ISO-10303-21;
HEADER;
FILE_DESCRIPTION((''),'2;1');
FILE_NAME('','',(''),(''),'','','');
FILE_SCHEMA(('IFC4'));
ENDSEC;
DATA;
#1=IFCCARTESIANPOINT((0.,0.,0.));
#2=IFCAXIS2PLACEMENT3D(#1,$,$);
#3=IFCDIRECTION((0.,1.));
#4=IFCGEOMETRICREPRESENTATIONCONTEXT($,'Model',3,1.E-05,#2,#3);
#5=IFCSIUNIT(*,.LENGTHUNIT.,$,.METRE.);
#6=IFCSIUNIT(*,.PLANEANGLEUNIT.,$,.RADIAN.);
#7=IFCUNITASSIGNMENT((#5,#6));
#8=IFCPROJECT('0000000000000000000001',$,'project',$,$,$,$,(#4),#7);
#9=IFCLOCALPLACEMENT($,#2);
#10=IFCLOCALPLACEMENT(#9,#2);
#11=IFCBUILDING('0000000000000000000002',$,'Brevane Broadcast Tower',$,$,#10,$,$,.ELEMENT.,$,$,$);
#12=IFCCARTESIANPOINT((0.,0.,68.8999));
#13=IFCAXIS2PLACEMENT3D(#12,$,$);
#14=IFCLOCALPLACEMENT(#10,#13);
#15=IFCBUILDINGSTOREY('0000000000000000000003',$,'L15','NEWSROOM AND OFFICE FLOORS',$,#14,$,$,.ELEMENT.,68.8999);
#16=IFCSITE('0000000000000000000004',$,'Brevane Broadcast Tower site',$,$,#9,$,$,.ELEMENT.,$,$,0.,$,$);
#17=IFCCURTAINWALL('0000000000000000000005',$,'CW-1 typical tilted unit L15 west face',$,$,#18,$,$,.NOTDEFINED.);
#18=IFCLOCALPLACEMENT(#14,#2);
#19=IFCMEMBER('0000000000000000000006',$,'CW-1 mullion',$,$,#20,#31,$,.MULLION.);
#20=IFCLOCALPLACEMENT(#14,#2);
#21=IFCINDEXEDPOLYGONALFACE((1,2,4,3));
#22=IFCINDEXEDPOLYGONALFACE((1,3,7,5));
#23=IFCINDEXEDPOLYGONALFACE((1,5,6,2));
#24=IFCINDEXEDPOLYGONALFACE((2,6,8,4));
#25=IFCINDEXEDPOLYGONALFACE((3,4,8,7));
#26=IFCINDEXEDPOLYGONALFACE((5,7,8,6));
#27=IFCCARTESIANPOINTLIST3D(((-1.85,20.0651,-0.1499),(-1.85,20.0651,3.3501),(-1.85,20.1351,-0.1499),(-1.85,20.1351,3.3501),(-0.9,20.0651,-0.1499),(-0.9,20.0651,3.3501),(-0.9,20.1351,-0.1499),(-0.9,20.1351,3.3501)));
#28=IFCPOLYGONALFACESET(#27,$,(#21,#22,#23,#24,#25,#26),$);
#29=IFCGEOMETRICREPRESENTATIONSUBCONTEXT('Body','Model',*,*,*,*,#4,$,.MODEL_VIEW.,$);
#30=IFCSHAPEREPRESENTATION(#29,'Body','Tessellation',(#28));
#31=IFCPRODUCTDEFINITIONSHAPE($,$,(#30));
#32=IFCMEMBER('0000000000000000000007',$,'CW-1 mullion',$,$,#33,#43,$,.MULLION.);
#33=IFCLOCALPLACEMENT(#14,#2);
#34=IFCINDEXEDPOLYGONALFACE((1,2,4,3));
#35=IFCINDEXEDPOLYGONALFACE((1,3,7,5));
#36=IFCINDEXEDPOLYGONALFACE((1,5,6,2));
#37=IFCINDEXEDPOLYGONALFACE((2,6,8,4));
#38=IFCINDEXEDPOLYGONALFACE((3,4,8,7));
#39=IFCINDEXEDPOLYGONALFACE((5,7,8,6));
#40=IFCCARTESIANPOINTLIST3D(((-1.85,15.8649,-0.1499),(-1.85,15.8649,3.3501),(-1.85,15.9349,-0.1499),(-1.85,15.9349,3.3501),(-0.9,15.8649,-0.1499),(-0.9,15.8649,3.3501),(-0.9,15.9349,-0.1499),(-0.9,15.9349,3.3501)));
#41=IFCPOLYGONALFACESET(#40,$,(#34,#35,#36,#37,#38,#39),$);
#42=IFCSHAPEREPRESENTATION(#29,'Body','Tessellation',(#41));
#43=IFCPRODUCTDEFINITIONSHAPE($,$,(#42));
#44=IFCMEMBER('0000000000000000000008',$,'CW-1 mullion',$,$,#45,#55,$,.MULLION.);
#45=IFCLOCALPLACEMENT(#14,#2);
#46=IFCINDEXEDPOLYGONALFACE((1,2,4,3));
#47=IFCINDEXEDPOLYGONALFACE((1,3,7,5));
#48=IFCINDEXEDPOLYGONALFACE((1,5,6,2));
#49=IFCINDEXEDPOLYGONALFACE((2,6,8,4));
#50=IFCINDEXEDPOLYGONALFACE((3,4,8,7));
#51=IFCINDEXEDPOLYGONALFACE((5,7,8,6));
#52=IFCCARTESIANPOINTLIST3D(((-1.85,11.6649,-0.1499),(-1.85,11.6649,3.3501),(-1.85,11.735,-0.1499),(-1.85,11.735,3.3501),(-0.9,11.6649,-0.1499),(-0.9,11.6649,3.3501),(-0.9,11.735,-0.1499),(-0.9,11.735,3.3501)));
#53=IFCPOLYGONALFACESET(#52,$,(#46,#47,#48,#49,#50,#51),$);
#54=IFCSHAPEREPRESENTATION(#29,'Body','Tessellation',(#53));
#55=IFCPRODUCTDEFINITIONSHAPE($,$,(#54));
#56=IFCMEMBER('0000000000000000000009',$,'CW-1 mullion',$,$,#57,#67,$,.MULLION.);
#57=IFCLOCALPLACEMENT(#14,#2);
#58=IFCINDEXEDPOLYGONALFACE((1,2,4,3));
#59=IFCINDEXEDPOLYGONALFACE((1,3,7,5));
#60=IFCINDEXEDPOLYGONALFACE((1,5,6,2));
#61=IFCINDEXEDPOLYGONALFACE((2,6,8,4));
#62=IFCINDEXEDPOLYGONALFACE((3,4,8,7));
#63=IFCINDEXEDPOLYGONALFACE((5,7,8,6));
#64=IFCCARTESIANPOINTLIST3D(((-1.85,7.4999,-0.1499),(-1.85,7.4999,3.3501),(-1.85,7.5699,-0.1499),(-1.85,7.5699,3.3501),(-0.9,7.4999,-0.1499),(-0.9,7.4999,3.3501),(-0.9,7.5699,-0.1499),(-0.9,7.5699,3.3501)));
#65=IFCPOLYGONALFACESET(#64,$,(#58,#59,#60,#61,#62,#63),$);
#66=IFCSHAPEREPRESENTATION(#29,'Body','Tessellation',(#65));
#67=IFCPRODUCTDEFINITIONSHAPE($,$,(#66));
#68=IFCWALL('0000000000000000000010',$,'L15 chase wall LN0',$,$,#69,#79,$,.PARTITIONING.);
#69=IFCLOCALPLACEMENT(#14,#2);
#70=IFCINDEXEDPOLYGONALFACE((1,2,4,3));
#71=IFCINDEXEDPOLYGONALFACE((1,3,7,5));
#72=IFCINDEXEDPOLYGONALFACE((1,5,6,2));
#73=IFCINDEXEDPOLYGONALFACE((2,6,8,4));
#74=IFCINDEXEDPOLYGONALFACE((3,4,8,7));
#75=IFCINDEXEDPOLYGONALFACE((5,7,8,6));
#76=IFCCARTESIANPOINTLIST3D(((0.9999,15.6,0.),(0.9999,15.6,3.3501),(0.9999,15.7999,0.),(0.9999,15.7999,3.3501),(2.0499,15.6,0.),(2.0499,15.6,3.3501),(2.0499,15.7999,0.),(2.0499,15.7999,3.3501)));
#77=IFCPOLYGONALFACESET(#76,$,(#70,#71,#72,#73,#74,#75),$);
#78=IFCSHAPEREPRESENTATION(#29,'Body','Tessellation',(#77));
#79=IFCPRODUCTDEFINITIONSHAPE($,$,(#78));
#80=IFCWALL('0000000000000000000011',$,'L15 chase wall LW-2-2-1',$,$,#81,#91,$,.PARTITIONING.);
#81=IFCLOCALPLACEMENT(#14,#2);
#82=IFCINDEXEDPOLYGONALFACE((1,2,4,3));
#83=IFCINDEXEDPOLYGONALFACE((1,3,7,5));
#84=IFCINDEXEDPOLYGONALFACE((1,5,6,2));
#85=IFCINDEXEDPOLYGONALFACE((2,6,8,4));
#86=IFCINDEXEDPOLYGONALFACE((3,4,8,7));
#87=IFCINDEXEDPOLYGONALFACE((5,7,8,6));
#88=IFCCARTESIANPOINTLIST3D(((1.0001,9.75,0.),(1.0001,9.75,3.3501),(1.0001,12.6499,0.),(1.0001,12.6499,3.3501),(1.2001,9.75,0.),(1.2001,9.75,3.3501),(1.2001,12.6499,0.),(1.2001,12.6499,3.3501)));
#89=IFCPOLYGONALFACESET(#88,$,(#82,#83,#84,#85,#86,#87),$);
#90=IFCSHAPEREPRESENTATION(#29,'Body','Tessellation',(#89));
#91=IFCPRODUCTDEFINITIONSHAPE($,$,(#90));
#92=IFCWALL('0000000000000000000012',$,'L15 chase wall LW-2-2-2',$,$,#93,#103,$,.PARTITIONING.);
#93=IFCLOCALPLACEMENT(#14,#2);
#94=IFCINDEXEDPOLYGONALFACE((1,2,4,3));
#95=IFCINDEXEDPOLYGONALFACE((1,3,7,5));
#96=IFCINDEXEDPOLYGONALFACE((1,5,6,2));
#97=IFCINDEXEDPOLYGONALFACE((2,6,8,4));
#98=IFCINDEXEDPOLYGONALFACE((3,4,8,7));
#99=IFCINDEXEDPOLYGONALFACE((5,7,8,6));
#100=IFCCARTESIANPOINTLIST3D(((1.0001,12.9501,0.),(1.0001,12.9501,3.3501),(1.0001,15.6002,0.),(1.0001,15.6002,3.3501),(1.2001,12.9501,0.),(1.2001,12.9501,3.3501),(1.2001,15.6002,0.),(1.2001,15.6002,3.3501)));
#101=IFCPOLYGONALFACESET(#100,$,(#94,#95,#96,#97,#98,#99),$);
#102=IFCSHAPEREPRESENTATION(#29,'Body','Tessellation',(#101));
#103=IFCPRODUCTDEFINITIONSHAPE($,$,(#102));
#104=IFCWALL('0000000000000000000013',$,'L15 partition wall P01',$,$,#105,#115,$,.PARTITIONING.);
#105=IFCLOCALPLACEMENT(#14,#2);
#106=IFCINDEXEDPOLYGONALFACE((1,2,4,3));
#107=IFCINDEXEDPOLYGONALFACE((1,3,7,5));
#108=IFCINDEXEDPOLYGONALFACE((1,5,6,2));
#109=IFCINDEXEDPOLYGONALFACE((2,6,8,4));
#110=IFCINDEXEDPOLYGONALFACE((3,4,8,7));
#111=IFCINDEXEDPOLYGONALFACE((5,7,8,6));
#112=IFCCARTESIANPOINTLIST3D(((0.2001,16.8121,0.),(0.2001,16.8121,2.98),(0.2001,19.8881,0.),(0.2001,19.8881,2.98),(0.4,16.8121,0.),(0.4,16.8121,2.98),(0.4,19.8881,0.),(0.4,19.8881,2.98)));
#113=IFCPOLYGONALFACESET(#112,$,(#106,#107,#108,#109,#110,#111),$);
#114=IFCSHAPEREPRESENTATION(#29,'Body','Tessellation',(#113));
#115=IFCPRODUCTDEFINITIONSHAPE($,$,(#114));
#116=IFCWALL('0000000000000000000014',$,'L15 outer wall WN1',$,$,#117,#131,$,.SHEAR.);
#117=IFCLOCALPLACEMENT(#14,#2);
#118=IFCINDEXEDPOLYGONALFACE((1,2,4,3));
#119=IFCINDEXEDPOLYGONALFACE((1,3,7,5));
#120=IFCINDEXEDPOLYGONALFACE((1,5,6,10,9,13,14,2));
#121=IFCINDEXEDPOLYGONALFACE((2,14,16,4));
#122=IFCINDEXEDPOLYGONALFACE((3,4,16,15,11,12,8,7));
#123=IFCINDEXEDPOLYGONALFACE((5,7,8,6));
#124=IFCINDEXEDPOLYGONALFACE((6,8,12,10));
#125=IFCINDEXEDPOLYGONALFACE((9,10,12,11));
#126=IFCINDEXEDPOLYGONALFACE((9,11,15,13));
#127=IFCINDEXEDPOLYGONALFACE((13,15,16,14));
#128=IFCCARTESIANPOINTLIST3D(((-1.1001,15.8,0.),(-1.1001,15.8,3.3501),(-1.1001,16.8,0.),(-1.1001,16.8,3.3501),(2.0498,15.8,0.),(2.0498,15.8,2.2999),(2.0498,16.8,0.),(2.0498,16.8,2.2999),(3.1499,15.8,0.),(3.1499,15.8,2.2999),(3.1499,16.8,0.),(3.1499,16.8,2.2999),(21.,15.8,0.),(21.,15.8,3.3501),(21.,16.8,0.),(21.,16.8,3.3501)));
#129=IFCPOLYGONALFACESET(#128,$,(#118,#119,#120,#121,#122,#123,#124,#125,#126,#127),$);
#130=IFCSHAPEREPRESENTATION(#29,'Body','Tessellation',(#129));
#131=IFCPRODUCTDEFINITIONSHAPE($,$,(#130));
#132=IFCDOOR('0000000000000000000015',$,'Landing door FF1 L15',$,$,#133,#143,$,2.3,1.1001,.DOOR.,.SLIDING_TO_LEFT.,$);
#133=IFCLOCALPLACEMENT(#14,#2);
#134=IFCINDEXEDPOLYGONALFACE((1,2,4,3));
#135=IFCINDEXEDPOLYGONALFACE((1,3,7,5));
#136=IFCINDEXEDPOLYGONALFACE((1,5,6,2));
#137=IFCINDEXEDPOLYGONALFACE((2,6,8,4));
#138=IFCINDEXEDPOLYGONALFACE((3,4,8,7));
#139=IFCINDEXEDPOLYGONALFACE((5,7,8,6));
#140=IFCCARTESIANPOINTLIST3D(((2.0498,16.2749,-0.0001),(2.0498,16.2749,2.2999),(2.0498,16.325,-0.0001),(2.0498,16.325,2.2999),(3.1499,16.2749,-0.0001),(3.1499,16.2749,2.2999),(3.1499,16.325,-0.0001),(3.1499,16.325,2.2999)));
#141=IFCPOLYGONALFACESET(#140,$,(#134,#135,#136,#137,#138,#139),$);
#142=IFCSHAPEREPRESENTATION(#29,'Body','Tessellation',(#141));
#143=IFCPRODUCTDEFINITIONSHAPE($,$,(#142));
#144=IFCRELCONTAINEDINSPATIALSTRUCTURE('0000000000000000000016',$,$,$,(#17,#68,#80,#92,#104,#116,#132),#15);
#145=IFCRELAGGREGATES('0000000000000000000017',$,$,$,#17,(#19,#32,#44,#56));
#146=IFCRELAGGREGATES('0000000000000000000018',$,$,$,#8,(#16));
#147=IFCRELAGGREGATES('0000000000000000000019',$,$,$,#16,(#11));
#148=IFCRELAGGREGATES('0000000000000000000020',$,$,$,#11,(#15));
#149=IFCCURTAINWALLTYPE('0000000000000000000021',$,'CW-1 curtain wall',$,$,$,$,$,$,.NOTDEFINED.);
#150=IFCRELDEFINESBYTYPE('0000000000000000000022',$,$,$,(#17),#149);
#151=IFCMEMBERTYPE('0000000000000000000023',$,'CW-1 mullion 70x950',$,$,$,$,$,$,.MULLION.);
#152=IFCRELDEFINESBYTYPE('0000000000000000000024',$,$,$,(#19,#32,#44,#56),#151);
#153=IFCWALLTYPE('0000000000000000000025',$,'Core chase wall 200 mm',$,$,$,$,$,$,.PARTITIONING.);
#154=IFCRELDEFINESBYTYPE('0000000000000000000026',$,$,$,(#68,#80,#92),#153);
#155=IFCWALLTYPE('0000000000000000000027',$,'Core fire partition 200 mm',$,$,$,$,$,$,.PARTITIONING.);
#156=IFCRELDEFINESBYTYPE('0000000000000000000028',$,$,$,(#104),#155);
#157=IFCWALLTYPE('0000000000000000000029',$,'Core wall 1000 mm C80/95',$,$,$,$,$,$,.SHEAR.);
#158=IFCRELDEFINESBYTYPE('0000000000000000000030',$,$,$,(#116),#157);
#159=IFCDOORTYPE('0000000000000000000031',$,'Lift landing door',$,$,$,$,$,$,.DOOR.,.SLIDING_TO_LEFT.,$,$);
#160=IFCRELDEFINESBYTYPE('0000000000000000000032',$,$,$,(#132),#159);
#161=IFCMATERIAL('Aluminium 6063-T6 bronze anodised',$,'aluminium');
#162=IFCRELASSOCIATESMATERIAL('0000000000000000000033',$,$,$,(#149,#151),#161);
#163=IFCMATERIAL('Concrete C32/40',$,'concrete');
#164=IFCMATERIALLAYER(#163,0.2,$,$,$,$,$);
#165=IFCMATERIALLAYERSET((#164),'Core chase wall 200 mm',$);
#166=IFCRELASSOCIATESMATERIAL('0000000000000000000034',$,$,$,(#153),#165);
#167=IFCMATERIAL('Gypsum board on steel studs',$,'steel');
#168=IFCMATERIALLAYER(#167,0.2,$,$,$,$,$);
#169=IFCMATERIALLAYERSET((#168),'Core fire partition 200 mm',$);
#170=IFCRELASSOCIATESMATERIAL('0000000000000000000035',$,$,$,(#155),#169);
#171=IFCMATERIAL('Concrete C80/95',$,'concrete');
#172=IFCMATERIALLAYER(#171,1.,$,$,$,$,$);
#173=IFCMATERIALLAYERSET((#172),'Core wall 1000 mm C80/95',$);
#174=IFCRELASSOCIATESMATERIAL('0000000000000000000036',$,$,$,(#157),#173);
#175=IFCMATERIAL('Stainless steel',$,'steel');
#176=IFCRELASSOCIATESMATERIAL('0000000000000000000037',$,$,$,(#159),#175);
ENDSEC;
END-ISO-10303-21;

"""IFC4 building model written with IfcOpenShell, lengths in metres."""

from ifc_helpers import new_model, si_unit, direction, frame, frame_2d, origin, origin_2d, place, context, subcontext, project, spatial, rectangle, extrude, material, layer, layer_set, material_profile, profile_set, type_object, element, fill, aggregate, save


model = new_model("IFC4")

# Units and contexts
model_context = context("Model", 3, precision=1e-05, world=origin(), true_north=direction((0.0, 1.0)))
body_context = subcontext(model_context, "Body", "Model", "MODEL_VIEW")
ifc_project = project(units=[si_unit("LENGTHUNIT", "METRE"), si_unit("PLANEANGLEUNIT", "RADIAN")], contexts=[model_context])

# Site, building, storey
site_placement = place(None, origin())
site = spatial("IfcSite", under=ifc_project, at=site_placement, Name="Brevane Broadcast Tower site", CompositionType="ELEMENT", RefElevation=0.0)
building_placement = place(site_placement, origin())
building = spatial("IfcBuilding", under=site, at=building_placement, Name="Brevane Broadcast Tower", CompositionType="ELEMENT")
storey_placement = place(building_placement, frame((0.0, 0.0, 68.8999)))
storey = spatial("IfcBuildingStorey", under=building, at=storey_placement, Name="L15", Description="NEWSROOM AND OFFICE FLOORS", CompositionType="ELEMENT", Elevation=68.8999)

# Curtain wall, members
ifc_material_1 = material(Name="Aluminium 6063-T6 bronze anodised", Category="aluminium")
curtain_wall_type = type_object("IfcCurtainWallType", Name="CW-1 curtain wall", PredefinedType="NOTDEFINED", material=ifc_material_1)
curtain_wall_placement = place(storey_placement, origin())
curtain_wall = element("IfcCurtainWall", 1, at=curtain_wall_placement, inside=storey, type_object=curtain_wall_type, Name="CW-1 typical tilted unit L15 west face", PredefinedType="NOTDEFINED")
ifc_material_profile = material_profile(ifc_material_1, rectangle(XDim=0.95, YDim=0.0701, at=origin_2d()), Name="RECT 70x950")
ifc_profile_set = profile_set([ifc_material_profile], Name="Aluminium 6063-T6 bronze anodised")
member_type = type_object("IfcMemberType", Name="CW-1 mullion 70x950", PredefinedType="MULLION", material=ifc_profile_set)
member_1_placement = place(storey_placement, frame((-1.375, 20.1001, -0.1499), z_axis=(0.0, 0.0, 1.0), x_axis=(1.0, 0.0, 0.0)))
member_1 = element("IfcMember", 2, at=member_1_placement, type_object=member_type, Name="CW-1 mullion", PredefinedType="MULLION", context=body_context, shape_type="SweptSolid", body=[
    extrude(rectangle(XDim=0.95, YDim=0.0701, at=origin_2d()), origin(), (0.0, 0.0, 1.0), 3.5),
])
member_2_placement = place(storey_placement, frame((-1.375, 15.8999, -0.1499), z_axis=(0.0, 0.0, 1.0), x_axis=(1.0, 0.0, 0.0)))
member_2 = element("IfcMember", 3, at=member_2_placement, type_object=member_type, Name="CW-1 mullion", PredefinedType="MULLION", context=body_context, shape_type="SweptSolid", body=[
    extrude(rectangle(XDim=0.95, YDim=0.0701, at=origin_2d()), origin(), (0.0, 0.0, 1.0), 3.5),
])
member_3_placement = place(storey_placement, frame((-1.375, 11.7, -0.1499), z_axis=(0.0, 0.0, 1.0), x_axis=(1.0, 0.0, 0.0)))
member_3 = element("IfcMember", 4, at=member_3_placement, type_object=member_type, Name="CW-1 mullion", PredefinedType="MULLION", context=body_context, shape_type="SweptSolid", body=[
    extrude(rectangle(XDim=0.95, YDim=0.0701, at=origin_2d()), origin(), (0.0, 0.0, 1.0), 3.5),
])
member_4_placement = place(storey_placement, frame((-1.375, 7.5349, -0.1499), z_axis=(0.0, 0.0, 1.0), x_axis=(1.0, 0.0, 0.0)))
member_4 = element("IfcMember", 5, at=member_4_placement, type_object=member_type, Name="CW-1 mullion", PredefinedType="MULLION", context=body_context, shape_type="SweptSolid", body=[
    extrude(rectangle(XDim=0.95, YDim=0.0701, at=origin_2d()), origin(), (0.0, 0.0, 1.0), 3.5),
])
aggregate(curtain_wall, [member_1, member_2, member_3, member_4])

# Walls
ifc_material_2 = material(Name="Concrete C32/40", Category="concrete")
ifc_layer_1 = layer(ifc_material_2, 0.2)
ifc_layer_set_1 = layer_set([ifc_layer_1], Name="Core chase wall 200 mm")
wall_type_1 = type_object("IfcWallType", Name="Core chase wall 200 mm", PredefinedType="PARTITIONING", material=ifc_layer_set_1)
wall_1_placement = place(storey_placement, frame((1.0, 15.7, 0.0), z_axis=(0.0, 0.0, 1.0), x_axis=(1.0, 0.0, 0.0)))
element("IfcWall", 6, at=wall_1_placement, inside=storey, type_object=wall_type_1, Name="L15 chase wall LN0", PredefinedType="PARTITIONING", context=body_context, shape_type="SweptSolid", body=[
    extrude(rectangle(XDim=1.05, YDim=0.2, at=frame_2d((0.5249, 0.0))), origin(), (0.0, 0.0, 1.0), 3.3501),
])
wall_2_placement = place(storey_placement, frame((1.1001, 9.75, 0.0), z_axis=(0.0, 0.0, 1.0), x_axis=(0.0, 1.0, 0.0)))
element("IfcWall", 7, at=wall_2_placement, inside=storey, type_object=wall_type_1, Name="L15 chase wall LW-2-2-1", PredefinedType="PARTITIONING", context=body_context, shape_type="SweptSolid", body=[
    extrude(rectangle(XDim=2.8999, YDim=0.2, at=frame_2d((1.45, 0.0))), origin(), (0.0, 0.0, 1.0), 3.3501),
])
wall_3_placement = place(storey_placement, frame((1.1001, 12.95, 0.0), z_axis=(0.0, 0.0, 1.0), x_axis=(0.0, 1.0, 0.0)))
element("IfcWall", 8, at=wall_3_placement, inside=storey, type_object=wall_type_1, Name="L15 chase wall LW-2-2-2", PredefinedType="PARTITIONING", context=body_context, shape_type="SweptSolid", body=[
    extrude(rectangle(XDim=2.6501, YDim=0.2, at=frame_2d((1.3252, 0.0))), origin(), (0.0, 0.0, 1.0), 3.3501),
])
ifc_material_3 = material(Name="Gypsum board on steel studs", Category="steel")
ifc_layer_2 = layer(ifc_material_3, 0.2)
ifc_layer_set_2 = layer_set([ifc_layer_2], Name="Core fire partition 200 mm")
wall_type_2 = type_object("IfcWallType", Name="Core fire partition 200 mm", PredefinedType="PARTITIONING", material=ifc_layer_set_2)
wall_4_placement = place(storey_placement, frame((0.3, 16.812, 0.0), z_axis=(0.0, 0.0, 1.0), x_axis=(0.0, 1.0, 0.0)))
element("IfcWall", 9, at=wall_4_placement, inside=storey, type_object=wall_type_2, Name="L15 partition wall P01", PredefinedType="PARTITIONING", context=body_context, shape_type="SweptSolid", body=[
    extrude(rectangle(XDim=3.0759, YDim=0.2, at=frame_2d((1.5381, 0.0))), origin(), (0.0, 0.0, 1.0), 2.98),
])

# Wall, opening, door
ifc_material_4 = material(Name="Concrete C80/95", Category="concrete")
ifc_layer_3 = layer(ifc_material_4, 1.0)
ifc_layer_set_3 = layer_set([ifc_layer_3], Name="Core wall 1000 mm C80/95")
wall_type_3 = type_object("IfcWallType", Name="Core wall 1000 mm C80/95", PredefinedType="SHEAR", material=ifc_layer_set_3)
wall_5_placement = place(storey_placement, frame((-1.1001, 16.3, 0.0), z_axis=(0.0, 0.0, 1.0), x_axis=(1.0, 0.0, 0.0)))
wall_5 = element("IfcWall", 10, at=wall_5_placement, inside=storey, type_object=wall_type_3, Name="L15 outer wall WN1", PredefinedType="SHEAR", context=body_context, shape_type="SweptSolid", body=[
    extrude(rectangle(XDim=22.1001, YDim=1.0, at=frame_2d((11.05, 0.0))), origin(), (0.0, 0.0, 1.0), 3.3501),
])
opening_1_placement = place(wall_5_placement, frame((3.1499, 0.0, 0.0)))
opening_1 = element("IfcOpeningElement", 11, at=opening_1_placement, cuts=wall_5, PredefinedType="OPENING", context=body_context, shape_type="SweptSolid", body=[
    extrude(rectangle(XDim=1.1001, YDim=2.3, at=frame_2d((0.55, 1.1499))), frame((0.0, 0.51, 0.0), z_axis=(0.0, -1.0, 0.0), x_axis=(1.0, 0.0, 0.0)), (0.0, 0.0, 1.0), 1.02),
])
ifc_material_5 = material(Name="Stainless steel", Category="steel")
door_type = type_object("IfcDoorType", Name="Lift landing door", OperationType="SLIDING_TO_LEFT", PredefinedType="DOOR", material=ifc_material_5)
door_1_placement = place(opening_1_placement, origin())
door_1 = element("IfcDoor", 12, at=door_1_placement, inside=storey, type_object=door_type, Name="Landing door FF1 L15", OperationType="SLIDING_TO_LEFT", OverallHeight=2.3, OverallWidth=1.1001, PredefinedType="DOOR", context=body_context, shape_type="SweptSolid", body=[
    extrude(rectangle(XDim=1.1001, YDim=2.3, at=frame_2d((0.55, 1.1499))), frame((0.0, 0.0249, 0.0), z_axis=(0.0, -1.0, 0.0), x_axis=(1.0, 0.0, 0.0)), (0.0, 0.0, 1.0), 0.05),
])
fill(opening_1, door_1)

save(model, "model.ifc")
